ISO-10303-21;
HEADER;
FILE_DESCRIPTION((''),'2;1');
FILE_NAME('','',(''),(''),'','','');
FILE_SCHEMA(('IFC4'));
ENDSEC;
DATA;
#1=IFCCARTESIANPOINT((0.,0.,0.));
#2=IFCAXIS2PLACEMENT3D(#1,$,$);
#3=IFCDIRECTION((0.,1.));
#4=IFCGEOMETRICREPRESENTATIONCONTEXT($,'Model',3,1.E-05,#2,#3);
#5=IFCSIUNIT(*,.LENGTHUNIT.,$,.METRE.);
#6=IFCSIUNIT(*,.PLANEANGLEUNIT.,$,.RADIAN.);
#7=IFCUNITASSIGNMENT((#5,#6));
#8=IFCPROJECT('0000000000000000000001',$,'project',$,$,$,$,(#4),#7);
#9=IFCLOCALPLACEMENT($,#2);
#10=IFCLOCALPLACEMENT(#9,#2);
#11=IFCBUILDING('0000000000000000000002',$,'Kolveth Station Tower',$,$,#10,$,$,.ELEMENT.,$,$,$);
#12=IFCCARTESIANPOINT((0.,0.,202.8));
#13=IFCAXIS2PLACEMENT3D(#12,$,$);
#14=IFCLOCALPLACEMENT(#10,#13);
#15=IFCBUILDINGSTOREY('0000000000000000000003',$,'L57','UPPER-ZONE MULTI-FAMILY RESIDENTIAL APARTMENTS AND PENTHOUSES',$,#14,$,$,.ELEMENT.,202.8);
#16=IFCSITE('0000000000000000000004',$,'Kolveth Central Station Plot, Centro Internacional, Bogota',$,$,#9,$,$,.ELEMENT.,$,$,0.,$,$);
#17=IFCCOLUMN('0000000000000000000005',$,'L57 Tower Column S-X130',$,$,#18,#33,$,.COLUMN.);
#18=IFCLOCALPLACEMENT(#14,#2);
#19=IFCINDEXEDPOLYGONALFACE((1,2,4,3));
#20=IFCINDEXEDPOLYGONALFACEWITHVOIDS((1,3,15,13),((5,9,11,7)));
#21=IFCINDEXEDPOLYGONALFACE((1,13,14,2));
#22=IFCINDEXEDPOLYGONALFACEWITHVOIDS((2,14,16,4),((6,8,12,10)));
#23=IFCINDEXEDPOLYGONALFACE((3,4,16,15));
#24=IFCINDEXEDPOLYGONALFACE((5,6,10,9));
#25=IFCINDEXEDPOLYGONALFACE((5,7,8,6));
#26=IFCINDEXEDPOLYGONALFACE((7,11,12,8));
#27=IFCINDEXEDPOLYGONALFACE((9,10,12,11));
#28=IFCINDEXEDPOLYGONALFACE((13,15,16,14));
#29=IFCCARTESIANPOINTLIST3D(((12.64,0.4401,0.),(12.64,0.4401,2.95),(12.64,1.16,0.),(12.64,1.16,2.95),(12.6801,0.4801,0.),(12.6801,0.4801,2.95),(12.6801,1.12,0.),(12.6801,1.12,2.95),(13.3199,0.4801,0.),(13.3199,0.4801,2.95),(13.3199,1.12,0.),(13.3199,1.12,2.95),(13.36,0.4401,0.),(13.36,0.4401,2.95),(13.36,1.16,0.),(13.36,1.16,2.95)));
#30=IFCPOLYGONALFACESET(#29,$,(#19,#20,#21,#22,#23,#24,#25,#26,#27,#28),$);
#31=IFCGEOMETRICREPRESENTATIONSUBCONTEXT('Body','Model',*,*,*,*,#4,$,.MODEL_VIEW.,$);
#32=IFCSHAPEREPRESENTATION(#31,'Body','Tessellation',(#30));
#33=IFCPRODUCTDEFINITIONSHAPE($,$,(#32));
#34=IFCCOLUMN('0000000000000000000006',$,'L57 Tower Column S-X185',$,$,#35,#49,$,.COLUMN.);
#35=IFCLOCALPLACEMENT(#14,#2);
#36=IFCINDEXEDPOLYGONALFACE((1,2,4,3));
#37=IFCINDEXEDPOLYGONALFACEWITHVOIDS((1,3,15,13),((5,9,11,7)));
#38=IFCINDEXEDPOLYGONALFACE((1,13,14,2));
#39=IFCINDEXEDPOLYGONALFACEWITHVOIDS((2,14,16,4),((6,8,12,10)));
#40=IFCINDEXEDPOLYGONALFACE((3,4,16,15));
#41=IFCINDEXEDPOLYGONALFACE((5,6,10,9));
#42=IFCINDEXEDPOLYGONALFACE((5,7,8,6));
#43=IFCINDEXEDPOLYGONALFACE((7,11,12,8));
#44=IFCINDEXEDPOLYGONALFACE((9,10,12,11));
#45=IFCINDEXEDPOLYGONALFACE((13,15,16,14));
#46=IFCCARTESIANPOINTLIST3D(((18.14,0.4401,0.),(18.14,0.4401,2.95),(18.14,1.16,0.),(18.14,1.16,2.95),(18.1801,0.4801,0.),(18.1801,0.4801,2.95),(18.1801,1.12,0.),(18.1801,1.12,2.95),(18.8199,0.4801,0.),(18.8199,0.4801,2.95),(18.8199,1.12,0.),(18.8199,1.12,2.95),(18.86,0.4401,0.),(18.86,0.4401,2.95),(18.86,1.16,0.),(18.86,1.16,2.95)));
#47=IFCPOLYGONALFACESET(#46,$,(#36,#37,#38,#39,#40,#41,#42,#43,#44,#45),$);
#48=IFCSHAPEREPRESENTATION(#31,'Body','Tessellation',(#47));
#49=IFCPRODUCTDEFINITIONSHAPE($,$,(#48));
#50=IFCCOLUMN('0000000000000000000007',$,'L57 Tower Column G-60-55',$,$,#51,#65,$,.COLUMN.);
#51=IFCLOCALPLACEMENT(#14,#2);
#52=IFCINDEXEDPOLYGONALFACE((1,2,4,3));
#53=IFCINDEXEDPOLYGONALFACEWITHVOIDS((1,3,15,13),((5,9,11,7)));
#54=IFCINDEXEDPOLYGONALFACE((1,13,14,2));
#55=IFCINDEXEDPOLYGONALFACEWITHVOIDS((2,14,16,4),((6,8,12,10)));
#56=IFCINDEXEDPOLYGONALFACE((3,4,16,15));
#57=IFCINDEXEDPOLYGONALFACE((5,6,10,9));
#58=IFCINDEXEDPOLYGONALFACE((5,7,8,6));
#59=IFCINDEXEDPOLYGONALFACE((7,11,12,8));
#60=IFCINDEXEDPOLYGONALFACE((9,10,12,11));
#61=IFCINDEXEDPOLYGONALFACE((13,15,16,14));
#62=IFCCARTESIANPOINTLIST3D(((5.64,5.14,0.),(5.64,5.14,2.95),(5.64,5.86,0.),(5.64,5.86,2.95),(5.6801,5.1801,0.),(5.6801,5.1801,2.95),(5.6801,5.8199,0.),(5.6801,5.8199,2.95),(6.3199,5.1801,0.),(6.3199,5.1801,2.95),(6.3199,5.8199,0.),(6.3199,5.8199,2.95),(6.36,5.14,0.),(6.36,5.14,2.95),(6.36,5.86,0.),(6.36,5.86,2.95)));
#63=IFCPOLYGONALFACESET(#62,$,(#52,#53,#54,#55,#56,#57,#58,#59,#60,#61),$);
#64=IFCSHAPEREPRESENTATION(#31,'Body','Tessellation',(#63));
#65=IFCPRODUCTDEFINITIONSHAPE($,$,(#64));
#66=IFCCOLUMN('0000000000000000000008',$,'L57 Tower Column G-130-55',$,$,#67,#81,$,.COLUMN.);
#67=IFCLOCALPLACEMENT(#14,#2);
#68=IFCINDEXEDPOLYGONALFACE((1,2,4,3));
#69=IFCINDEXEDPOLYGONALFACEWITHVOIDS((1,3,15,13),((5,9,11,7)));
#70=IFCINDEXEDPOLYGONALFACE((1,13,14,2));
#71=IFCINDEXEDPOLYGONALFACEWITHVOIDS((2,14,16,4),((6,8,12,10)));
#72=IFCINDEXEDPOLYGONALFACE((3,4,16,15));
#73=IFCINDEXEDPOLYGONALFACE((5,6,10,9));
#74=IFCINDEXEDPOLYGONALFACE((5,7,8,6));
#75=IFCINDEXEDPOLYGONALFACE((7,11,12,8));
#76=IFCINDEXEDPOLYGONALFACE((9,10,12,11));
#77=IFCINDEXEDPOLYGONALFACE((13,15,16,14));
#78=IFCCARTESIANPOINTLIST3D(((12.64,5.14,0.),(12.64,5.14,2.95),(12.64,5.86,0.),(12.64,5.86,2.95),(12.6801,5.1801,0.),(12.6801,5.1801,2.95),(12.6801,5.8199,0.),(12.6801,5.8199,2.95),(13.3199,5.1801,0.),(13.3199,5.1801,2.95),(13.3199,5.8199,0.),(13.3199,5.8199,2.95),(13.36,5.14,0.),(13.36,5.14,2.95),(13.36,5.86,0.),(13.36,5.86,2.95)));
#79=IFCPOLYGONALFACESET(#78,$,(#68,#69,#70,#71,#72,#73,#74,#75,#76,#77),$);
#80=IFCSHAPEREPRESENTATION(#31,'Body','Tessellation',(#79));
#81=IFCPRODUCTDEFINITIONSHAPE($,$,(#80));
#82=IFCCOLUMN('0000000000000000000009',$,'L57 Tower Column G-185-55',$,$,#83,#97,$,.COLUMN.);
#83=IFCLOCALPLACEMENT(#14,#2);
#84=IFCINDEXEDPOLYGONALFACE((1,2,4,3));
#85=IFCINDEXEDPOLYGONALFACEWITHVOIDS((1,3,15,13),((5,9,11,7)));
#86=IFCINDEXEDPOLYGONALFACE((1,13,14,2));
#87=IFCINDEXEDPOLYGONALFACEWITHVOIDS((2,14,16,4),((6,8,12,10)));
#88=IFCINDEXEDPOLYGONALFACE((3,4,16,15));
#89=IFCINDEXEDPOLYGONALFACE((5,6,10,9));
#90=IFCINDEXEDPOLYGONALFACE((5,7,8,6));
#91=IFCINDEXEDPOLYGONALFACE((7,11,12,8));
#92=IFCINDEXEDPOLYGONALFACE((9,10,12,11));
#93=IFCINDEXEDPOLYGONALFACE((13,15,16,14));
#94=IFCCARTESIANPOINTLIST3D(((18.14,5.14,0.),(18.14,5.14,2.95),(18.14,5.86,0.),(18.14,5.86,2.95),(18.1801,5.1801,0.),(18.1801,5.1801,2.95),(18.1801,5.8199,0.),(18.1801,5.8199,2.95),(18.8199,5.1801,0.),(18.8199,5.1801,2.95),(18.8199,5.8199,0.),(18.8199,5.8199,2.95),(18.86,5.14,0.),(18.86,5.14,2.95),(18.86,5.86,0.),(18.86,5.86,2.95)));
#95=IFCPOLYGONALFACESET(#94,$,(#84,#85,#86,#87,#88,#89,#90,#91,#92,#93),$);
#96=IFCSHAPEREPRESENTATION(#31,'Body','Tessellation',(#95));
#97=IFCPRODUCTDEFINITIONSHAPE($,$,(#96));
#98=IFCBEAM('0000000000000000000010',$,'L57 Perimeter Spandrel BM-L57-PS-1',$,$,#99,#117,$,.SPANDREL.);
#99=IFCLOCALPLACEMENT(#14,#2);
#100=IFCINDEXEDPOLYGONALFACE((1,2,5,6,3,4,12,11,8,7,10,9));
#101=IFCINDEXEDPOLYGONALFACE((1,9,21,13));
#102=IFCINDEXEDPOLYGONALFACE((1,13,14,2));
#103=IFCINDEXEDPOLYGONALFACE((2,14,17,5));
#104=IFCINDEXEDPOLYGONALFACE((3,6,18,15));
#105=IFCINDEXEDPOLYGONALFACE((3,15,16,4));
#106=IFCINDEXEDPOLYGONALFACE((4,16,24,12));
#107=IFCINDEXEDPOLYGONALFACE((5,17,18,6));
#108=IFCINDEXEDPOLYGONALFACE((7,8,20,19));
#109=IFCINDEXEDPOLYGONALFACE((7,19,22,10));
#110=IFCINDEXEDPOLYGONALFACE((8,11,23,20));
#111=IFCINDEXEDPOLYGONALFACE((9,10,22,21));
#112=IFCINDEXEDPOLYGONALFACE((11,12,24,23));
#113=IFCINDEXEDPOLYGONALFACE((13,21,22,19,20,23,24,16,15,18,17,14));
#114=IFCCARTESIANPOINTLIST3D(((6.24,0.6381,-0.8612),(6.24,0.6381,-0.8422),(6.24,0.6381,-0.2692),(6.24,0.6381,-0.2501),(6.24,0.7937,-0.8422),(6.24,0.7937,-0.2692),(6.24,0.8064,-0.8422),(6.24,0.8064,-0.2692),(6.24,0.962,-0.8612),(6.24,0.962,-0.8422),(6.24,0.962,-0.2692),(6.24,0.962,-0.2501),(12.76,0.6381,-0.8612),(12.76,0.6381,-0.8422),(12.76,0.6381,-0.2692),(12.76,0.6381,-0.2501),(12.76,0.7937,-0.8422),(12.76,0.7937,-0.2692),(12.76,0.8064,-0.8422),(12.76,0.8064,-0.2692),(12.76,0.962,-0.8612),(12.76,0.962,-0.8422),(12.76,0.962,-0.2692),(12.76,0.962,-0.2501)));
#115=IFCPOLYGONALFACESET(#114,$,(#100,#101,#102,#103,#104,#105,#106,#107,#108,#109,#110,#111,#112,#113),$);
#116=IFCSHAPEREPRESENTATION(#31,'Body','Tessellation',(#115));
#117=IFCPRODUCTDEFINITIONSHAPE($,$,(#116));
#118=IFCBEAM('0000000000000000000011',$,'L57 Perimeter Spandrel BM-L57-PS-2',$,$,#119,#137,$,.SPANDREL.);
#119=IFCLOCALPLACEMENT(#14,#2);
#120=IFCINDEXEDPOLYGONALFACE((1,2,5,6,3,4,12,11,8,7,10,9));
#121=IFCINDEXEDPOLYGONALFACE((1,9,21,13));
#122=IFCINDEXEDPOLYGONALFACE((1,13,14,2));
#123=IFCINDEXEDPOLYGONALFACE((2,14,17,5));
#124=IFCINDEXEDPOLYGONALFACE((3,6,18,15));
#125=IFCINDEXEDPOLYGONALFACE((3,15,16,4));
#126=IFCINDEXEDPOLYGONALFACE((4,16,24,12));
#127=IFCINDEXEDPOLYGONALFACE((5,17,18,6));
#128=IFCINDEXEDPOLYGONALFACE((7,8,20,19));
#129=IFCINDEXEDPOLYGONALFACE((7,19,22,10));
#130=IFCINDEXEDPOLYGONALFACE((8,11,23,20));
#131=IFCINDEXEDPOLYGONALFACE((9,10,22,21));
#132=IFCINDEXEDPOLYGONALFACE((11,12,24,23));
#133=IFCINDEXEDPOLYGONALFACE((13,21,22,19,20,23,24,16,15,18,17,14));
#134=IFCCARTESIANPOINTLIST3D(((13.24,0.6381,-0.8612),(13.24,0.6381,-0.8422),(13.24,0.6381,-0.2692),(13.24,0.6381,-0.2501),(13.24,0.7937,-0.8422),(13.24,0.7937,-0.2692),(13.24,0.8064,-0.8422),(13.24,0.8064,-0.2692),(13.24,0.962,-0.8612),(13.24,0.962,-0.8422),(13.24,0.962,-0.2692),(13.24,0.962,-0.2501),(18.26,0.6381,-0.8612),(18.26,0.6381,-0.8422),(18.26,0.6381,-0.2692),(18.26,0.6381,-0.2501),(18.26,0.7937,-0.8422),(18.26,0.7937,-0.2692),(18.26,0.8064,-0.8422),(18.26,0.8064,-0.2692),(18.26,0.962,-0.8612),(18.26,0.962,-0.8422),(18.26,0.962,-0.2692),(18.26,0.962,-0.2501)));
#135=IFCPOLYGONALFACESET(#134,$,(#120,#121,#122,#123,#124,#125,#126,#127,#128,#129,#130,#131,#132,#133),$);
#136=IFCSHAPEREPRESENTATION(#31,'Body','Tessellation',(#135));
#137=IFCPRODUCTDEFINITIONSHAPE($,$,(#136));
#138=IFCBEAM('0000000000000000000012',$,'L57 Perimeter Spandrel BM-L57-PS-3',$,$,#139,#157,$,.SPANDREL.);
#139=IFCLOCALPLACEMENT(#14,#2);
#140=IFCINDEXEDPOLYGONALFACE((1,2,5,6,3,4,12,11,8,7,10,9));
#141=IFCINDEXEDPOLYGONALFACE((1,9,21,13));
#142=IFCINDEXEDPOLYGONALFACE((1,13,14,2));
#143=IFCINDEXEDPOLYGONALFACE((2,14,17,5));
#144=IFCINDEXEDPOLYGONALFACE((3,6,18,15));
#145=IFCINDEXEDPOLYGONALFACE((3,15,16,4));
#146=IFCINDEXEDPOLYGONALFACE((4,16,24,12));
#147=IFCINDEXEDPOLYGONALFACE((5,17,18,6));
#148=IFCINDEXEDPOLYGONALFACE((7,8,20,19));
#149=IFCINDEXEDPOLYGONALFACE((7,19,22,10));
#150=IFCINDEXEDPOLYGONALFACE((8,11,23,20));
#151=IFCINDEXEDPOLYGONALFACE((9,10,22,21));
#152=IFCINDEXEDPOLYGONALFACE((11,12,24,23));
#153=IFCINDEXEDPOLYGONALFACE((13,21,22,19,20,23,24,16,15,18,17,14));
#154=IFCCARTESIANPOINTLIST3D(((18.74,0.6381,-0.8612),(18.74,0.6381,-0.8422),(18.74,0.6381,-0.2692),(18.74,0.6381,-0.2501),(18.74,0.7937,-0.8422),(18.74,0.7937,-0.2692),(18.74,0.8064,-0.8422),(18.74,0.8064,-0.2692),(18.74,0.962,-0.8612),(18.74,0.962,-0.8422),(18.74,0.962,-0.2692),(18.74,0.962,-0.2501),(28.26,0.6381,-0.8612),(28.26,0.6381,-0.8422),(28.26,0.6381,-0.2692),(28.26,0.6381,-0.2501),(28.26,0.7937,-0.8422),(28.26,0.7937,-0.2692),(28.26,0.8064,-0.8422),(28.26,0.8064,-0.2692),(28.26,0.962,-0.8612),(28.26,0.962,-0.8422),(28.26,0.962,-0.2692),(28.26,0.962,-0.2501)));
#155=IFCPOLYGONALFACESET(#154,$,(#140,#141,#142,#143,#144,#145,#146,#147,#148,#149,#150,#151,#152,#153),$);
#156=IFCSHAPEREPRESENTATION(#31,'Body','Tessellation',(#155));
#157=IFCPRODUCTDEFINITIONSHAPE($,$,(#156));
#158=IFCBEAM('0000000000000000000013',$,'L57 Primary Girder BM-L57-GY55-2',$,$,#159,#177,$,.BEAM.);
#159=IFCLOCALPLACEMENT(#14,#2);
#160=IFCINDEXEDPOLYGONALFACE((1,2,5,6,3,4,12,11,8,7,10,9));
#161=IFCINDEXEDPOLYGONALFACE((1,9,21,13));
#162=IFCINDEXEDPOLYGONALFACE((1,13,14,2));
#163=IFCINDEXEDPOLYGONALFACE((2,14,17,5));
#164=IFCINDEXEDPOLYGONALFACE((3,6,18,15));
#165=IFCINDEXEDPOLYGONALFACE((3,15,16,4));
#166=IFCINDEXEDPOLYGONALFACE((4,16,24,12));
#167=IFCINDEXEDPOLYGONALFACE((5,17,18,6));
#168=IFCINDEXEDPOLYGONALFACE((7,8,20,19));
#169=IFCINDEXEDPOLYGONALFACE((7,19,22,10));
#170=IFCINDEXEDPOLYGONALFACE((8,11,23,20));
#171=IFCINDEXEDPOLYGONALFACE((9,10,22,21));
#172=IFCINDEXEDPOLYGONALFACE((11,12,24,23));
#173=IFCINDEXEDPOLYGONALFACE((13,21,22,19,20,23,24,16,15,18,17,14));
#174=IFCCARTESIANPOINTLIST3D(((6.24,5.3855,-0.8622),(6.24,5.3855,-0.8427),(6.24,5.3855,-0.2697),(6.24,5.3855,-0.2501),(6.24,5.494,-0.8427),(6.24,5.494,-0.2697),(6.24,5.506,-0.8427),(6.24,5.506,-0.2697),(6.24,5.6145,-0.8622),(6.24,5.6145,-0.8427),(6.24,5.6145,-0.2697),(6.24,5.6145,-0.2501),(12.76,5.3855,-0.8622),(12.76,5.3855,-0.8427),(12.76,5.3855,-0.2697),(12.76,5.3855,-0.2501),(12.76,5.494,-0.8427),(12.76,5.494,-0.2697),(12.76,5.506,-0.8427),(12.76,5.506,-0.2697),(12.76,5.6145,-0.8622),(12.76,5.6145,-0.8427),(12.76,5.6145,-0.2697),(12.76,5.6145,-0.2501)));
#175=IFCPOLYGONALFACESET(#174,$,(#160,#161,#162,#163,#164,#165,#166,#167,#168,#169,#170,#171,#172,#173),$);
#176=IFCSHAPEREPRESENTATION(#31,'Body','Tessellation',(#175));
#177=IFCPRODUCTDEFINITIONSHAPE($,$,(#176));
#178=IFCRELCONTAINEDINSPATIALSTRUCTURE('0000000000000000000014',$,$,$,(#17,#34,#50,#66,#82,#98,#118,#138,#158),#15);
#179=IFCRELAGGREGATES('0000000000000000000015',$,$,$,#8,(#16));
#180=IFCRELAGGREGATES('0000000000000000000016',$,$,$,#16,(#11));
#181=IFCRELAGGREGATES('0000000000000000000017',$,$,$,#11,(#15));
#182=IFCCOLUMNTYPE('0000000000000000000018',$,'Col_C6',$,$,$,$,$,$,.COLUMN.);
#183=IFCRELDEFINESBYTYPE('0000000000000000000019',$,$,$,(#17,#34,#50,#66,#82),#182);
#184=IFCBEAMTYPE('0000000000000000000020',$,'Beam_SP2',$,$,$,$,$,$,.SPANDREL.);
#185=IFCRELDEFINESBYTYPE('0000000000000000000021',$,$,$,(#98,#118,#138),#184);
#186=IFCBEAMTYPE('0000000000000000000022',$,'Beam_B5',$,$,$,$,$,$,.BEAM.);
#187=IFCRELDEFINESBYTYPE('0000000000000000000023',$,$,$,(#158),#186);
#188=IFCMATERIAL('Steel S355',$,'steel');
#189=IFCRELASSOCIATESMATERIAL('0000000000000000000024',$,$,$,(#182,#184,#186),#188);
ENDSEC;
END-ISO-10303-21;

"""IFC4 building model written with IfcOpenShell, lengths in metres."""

from ifc_helpers import new_model, si_unit, direction, frame, origin, origin_2d, place, context, subcontext, project, spatial, hollow_rectangle, i_section, extrude, source, transform, mapped, material, material_profile, profile_set, type_object, element, save


model = new_model("IFC4")

# Units and contexts
model_context = context("Model", 3, precision=1e-05, world=origin(), true_north=direction((0.0, 1.0)))
body_context = subcontext(model_context, "Body", "Model", "MODEL_VIEW")
ifc_project = project(units=[si_unit("LENGTHUNIT", "METRE"), si_unit("PLANEANGLEUNIT", "RADIAN")], contexts=[model_context])

# Site, building, storey
site_placement = place(None, origin())
site = spatial("IfcSite", under=ifc_project, at=site_placement, Name="Kolveth Central Station Plot, Centro Internacional, Bogota", CompositionType="ELEMENT", RefElevation=0.0)
building_placement = place(site_placement, origin())
building = spatial("IfcBuilding", under=site, at=building_placement, Name="Kolveth Station Tower", CompositionType="ELEMENT")
storey_placement = place(building_placement, frame((0.0, 0.0, 202.8)))
storey = spatial("IfcBuildingStorey", under=building, at=storey_placement, Name="L57", Description="UPPER-ZONE MULTI-FAMILY RESIDENTIAL APARTMENTS AND PENTHOUSES", CompositionType="ELEMENT", Elevation=202.8)

# Columns
ifc_material_1 = material(Name="Steel S355", Category="steel")
ifc_material_profile_1 = material_profile(ifc_material_1, hollow_rectangle(XDim=0.72, YDim=0.72, WallThickness=0.04, at=origin_2d()), Name="BOX720x720x40")
ifc_profile_set_1 = profile_set([ifc_material_profile_1], Name="Steel S355")
column_type = type_object("IfcColumnType", Name="Col_C6", PredefinedType="COLUMN", material=ifc_profile_set_1)
shared_shape_1 = source(origin(), body_context, "Body", "SweptSolid", [
    extrude(hollow_rectangle(XDim=0.72, YDim=0.72, WallThickness=0.04, at=origin_2d()), origin(), (0.0, 0.0, 1.0), 2.95),
])
for number, where, z_axis, x_axis, name in (
    (1, (13.0, 0.8, 0.0), (0.0, 0.0, 1.0), (1.0, 0.0, 0.0), "L57 Tower Column S-X130"),
    (2, (18.5, 0.8, 0.0), (0.0, 0.0, 1.0), (1.0, 0.0, 0.0), "L57 Tower Column S-X185"),
    (3, (6.0, 5.5, 0.0), (0.0, 0.0, 1.0), (1.0, 0.0, 0.0), "L57 Tower Column G-60-55"),
    (4, (13.0, 5.5, 0.0), (0.0, 0.0, 1.0), (1.0, 0.0, 0.0), "L57 Tower Column G-130-55"),
    (5, (18.5, 5.5, 0.0), (0.0, 0.0, 1.0), (1.0, 0.0, 0.0), "L57 Tower Column G-185-55"),
):
    element("IfcColumn", number, at=place(storey_placement, frame(where, z_axis=z_axis, x_axis=x_axis)), inside=storey, type_object=column_type, Name=name, PredefinedType="COLUMN", context=body_context, shape_type="MappedRepresentation", body=[
        mapped(shared_shape_1, transform((0.0, 0.0, 0.0), x_axis=(1.0, 0.0, 0.0), y_axis=(0.0, 1.0, 0.0), z_axis=(0.0, 0.0, 1.0), scale=1.0)),
    ])

# Beams
ifc_material_profile_2 = material_profile(ifc_material_1, i_section(OverallWidth=0.324, OverallDepth=0.6111, WebThickness=0.0127, FlangeThickness=0.019, at=origin_2d()), Name="W610x155")
ifc_profile_set_2 = profile_set([ifc_material_profile_2], Name="Steel S355")
beam_type_1 = type_object("IfcBeamType", Name="Beam_SP2", PredefinedType="SPANDREL", material=ifc_profile_set_2)
shared_shape_2 = source(origin(), body_context, "Body", "SweptSolid", [
    extrude(i_section(OverallWidth=0.324, OverallDepth=0.6111, WebThickness=0.0127, FlangeThickness=0.019, at=origin_2d()), origin(), (0.0, 0.0, 1.0), 6.52),
])
beam_1_placement = place(storey_placement, frame((6.24, 0.8, -0.5557), z_axis=(1.0, 0.0, 0.0), x_axis=(0.0, 1.0, 0.0)))
element("IfcBeam", 6, at=beam_1_placement, inside=storey, type_object=beam_type_1, Name="L57 Perimeter Spandrel BM-L57-PS-1", PredefinedType="SPANDREL", context=body_context, shape_type="MappedRepresentation", body=[
    mapped(shared_shape_2, transform((0.0, 0.0, 0.0), x_axis=(1.0, 0.0, 0.0), y_axis=(0.0, 1.0, 0.0), z_axis=(0.0, 0.0, 1.0), scale=1.0)),
])
shared_shape_3 = source(origin(), body_context, "Body", "SweptSolid", [
    extrude(i_section(OverallWidth=0.324, OverallDepth=0.6111, WebThickness=0.0127, FlangeThickness=0.019, at=origin_2d()), origin(), (0.0, 0.0, 1.0), 5.02),
])
beam_2_placement = place(storey_placement, frame((13.24, 0.8, -0.5557), z_axis=(1.0, 0.0, 0.0), x_axis=(0.0, 1.0, 0.0)))
element("IfcBeam", 7, at=beam_2_placement, inside=storey, type_object=beam_type_1, Name="L57 Perimeter Spandrel BM-L57-PS-2", PredefinedType="SPANDREL", context=body_context, shape_type="MappedRepresentation", body=[
    mapped(shared_shape_3, transform((0.0, 0.0, 0.0), x_axis=(1.0, 0.0, 0.0), y_axis=(0.0, 1.0, 0.0), z_axis=(0.0, 0.0, 1.0), scale=1.0)),
])
shared_shape_4 = source(origin(), body_context, "Body", "SweptSolid", [
    extrude(i_section(OverallWidth=0.324, OverallDepth=0.6111, WebThickness=0.0127, FlangeThickness=0.019, at=origin_2d()), origin(), (0.0, 0.0, 1.0), 9.52),
])
beam_3_placement = place(storey_placement, frame((18.74, 0.8, -0.5557), z_axis=(1.0, 0.0, 0.0), x_axis=(0.0, 1.0, 0.0)))
element("IfcBeam", 8, at=beam_3_placement, inside=storey, type_object=beam_type_1, Name="L57 Perimeter Spandrel BM-L57-PS-3", PredefinedType="SPANDREL", context=body_context, shape_type="MappedRepresentation", body=[
    mapped(shared_shape_4, transform((0.0, 0.0, 0.0), x_axis=(1.0, 0.0, 0.0), y_axis=(0.0, 1.0, 0.0), z_axis=(0.0, 0.0, 1.0), scale=1.0)),
])
ifc_material_profile_3 = material_profile(ifc_material_1, i_section(OverallWidth=0.229, OverallDepth=0.6121, WebThickness=0.012, FlangeThickness=0.0195, at=origin_2d()), Name="W610x125")
ifc_profile_set_3 = profile_set([ifc_material_profile_3], Name="Steel S355")
beam_type_2 = type_object("IfcBeamType", Name="Beam_B5", PredefinedType="BEAM", material=ifc_profile_set_3)
shared_shape_5 = source(origin(), body_context, "Body", "SweptSolid", [
    extrude(i_section(OverallWidth=0.229, OverallDepth=0.6121, WebThickness=0.012, FlangeThickness=0.0195, at=origin_2d()), origin(), (0.0, 0.0, 1.0), 6.52),
])
beam_4_placement = place(storey_placement, frame((6.24, 5.5, -0.5562), z_axis=(1.0, 0.0, 0.0), x_axis=(0.0, 1.0, 0.0)))
element("IfcBeam", 9, at=beam_4_placement, inside=storey, type_object=beam_type_2, Name="L57 Primary Girder BM-L57-GY55-2", PredefinedType="BEAM", context=body_context, shape_type="MappedRepresentation", body=[
    mapped(shared_shape_5, transform((0.0, 0.0, 0.0), x_axis=(1.0, 0.0, 0.0), y_axis=(0.0, 1.0, 0.0), z_axis=(0.0, 0.0, 1.0), scale=1.0)),
])

save(model, "model.ifc")
